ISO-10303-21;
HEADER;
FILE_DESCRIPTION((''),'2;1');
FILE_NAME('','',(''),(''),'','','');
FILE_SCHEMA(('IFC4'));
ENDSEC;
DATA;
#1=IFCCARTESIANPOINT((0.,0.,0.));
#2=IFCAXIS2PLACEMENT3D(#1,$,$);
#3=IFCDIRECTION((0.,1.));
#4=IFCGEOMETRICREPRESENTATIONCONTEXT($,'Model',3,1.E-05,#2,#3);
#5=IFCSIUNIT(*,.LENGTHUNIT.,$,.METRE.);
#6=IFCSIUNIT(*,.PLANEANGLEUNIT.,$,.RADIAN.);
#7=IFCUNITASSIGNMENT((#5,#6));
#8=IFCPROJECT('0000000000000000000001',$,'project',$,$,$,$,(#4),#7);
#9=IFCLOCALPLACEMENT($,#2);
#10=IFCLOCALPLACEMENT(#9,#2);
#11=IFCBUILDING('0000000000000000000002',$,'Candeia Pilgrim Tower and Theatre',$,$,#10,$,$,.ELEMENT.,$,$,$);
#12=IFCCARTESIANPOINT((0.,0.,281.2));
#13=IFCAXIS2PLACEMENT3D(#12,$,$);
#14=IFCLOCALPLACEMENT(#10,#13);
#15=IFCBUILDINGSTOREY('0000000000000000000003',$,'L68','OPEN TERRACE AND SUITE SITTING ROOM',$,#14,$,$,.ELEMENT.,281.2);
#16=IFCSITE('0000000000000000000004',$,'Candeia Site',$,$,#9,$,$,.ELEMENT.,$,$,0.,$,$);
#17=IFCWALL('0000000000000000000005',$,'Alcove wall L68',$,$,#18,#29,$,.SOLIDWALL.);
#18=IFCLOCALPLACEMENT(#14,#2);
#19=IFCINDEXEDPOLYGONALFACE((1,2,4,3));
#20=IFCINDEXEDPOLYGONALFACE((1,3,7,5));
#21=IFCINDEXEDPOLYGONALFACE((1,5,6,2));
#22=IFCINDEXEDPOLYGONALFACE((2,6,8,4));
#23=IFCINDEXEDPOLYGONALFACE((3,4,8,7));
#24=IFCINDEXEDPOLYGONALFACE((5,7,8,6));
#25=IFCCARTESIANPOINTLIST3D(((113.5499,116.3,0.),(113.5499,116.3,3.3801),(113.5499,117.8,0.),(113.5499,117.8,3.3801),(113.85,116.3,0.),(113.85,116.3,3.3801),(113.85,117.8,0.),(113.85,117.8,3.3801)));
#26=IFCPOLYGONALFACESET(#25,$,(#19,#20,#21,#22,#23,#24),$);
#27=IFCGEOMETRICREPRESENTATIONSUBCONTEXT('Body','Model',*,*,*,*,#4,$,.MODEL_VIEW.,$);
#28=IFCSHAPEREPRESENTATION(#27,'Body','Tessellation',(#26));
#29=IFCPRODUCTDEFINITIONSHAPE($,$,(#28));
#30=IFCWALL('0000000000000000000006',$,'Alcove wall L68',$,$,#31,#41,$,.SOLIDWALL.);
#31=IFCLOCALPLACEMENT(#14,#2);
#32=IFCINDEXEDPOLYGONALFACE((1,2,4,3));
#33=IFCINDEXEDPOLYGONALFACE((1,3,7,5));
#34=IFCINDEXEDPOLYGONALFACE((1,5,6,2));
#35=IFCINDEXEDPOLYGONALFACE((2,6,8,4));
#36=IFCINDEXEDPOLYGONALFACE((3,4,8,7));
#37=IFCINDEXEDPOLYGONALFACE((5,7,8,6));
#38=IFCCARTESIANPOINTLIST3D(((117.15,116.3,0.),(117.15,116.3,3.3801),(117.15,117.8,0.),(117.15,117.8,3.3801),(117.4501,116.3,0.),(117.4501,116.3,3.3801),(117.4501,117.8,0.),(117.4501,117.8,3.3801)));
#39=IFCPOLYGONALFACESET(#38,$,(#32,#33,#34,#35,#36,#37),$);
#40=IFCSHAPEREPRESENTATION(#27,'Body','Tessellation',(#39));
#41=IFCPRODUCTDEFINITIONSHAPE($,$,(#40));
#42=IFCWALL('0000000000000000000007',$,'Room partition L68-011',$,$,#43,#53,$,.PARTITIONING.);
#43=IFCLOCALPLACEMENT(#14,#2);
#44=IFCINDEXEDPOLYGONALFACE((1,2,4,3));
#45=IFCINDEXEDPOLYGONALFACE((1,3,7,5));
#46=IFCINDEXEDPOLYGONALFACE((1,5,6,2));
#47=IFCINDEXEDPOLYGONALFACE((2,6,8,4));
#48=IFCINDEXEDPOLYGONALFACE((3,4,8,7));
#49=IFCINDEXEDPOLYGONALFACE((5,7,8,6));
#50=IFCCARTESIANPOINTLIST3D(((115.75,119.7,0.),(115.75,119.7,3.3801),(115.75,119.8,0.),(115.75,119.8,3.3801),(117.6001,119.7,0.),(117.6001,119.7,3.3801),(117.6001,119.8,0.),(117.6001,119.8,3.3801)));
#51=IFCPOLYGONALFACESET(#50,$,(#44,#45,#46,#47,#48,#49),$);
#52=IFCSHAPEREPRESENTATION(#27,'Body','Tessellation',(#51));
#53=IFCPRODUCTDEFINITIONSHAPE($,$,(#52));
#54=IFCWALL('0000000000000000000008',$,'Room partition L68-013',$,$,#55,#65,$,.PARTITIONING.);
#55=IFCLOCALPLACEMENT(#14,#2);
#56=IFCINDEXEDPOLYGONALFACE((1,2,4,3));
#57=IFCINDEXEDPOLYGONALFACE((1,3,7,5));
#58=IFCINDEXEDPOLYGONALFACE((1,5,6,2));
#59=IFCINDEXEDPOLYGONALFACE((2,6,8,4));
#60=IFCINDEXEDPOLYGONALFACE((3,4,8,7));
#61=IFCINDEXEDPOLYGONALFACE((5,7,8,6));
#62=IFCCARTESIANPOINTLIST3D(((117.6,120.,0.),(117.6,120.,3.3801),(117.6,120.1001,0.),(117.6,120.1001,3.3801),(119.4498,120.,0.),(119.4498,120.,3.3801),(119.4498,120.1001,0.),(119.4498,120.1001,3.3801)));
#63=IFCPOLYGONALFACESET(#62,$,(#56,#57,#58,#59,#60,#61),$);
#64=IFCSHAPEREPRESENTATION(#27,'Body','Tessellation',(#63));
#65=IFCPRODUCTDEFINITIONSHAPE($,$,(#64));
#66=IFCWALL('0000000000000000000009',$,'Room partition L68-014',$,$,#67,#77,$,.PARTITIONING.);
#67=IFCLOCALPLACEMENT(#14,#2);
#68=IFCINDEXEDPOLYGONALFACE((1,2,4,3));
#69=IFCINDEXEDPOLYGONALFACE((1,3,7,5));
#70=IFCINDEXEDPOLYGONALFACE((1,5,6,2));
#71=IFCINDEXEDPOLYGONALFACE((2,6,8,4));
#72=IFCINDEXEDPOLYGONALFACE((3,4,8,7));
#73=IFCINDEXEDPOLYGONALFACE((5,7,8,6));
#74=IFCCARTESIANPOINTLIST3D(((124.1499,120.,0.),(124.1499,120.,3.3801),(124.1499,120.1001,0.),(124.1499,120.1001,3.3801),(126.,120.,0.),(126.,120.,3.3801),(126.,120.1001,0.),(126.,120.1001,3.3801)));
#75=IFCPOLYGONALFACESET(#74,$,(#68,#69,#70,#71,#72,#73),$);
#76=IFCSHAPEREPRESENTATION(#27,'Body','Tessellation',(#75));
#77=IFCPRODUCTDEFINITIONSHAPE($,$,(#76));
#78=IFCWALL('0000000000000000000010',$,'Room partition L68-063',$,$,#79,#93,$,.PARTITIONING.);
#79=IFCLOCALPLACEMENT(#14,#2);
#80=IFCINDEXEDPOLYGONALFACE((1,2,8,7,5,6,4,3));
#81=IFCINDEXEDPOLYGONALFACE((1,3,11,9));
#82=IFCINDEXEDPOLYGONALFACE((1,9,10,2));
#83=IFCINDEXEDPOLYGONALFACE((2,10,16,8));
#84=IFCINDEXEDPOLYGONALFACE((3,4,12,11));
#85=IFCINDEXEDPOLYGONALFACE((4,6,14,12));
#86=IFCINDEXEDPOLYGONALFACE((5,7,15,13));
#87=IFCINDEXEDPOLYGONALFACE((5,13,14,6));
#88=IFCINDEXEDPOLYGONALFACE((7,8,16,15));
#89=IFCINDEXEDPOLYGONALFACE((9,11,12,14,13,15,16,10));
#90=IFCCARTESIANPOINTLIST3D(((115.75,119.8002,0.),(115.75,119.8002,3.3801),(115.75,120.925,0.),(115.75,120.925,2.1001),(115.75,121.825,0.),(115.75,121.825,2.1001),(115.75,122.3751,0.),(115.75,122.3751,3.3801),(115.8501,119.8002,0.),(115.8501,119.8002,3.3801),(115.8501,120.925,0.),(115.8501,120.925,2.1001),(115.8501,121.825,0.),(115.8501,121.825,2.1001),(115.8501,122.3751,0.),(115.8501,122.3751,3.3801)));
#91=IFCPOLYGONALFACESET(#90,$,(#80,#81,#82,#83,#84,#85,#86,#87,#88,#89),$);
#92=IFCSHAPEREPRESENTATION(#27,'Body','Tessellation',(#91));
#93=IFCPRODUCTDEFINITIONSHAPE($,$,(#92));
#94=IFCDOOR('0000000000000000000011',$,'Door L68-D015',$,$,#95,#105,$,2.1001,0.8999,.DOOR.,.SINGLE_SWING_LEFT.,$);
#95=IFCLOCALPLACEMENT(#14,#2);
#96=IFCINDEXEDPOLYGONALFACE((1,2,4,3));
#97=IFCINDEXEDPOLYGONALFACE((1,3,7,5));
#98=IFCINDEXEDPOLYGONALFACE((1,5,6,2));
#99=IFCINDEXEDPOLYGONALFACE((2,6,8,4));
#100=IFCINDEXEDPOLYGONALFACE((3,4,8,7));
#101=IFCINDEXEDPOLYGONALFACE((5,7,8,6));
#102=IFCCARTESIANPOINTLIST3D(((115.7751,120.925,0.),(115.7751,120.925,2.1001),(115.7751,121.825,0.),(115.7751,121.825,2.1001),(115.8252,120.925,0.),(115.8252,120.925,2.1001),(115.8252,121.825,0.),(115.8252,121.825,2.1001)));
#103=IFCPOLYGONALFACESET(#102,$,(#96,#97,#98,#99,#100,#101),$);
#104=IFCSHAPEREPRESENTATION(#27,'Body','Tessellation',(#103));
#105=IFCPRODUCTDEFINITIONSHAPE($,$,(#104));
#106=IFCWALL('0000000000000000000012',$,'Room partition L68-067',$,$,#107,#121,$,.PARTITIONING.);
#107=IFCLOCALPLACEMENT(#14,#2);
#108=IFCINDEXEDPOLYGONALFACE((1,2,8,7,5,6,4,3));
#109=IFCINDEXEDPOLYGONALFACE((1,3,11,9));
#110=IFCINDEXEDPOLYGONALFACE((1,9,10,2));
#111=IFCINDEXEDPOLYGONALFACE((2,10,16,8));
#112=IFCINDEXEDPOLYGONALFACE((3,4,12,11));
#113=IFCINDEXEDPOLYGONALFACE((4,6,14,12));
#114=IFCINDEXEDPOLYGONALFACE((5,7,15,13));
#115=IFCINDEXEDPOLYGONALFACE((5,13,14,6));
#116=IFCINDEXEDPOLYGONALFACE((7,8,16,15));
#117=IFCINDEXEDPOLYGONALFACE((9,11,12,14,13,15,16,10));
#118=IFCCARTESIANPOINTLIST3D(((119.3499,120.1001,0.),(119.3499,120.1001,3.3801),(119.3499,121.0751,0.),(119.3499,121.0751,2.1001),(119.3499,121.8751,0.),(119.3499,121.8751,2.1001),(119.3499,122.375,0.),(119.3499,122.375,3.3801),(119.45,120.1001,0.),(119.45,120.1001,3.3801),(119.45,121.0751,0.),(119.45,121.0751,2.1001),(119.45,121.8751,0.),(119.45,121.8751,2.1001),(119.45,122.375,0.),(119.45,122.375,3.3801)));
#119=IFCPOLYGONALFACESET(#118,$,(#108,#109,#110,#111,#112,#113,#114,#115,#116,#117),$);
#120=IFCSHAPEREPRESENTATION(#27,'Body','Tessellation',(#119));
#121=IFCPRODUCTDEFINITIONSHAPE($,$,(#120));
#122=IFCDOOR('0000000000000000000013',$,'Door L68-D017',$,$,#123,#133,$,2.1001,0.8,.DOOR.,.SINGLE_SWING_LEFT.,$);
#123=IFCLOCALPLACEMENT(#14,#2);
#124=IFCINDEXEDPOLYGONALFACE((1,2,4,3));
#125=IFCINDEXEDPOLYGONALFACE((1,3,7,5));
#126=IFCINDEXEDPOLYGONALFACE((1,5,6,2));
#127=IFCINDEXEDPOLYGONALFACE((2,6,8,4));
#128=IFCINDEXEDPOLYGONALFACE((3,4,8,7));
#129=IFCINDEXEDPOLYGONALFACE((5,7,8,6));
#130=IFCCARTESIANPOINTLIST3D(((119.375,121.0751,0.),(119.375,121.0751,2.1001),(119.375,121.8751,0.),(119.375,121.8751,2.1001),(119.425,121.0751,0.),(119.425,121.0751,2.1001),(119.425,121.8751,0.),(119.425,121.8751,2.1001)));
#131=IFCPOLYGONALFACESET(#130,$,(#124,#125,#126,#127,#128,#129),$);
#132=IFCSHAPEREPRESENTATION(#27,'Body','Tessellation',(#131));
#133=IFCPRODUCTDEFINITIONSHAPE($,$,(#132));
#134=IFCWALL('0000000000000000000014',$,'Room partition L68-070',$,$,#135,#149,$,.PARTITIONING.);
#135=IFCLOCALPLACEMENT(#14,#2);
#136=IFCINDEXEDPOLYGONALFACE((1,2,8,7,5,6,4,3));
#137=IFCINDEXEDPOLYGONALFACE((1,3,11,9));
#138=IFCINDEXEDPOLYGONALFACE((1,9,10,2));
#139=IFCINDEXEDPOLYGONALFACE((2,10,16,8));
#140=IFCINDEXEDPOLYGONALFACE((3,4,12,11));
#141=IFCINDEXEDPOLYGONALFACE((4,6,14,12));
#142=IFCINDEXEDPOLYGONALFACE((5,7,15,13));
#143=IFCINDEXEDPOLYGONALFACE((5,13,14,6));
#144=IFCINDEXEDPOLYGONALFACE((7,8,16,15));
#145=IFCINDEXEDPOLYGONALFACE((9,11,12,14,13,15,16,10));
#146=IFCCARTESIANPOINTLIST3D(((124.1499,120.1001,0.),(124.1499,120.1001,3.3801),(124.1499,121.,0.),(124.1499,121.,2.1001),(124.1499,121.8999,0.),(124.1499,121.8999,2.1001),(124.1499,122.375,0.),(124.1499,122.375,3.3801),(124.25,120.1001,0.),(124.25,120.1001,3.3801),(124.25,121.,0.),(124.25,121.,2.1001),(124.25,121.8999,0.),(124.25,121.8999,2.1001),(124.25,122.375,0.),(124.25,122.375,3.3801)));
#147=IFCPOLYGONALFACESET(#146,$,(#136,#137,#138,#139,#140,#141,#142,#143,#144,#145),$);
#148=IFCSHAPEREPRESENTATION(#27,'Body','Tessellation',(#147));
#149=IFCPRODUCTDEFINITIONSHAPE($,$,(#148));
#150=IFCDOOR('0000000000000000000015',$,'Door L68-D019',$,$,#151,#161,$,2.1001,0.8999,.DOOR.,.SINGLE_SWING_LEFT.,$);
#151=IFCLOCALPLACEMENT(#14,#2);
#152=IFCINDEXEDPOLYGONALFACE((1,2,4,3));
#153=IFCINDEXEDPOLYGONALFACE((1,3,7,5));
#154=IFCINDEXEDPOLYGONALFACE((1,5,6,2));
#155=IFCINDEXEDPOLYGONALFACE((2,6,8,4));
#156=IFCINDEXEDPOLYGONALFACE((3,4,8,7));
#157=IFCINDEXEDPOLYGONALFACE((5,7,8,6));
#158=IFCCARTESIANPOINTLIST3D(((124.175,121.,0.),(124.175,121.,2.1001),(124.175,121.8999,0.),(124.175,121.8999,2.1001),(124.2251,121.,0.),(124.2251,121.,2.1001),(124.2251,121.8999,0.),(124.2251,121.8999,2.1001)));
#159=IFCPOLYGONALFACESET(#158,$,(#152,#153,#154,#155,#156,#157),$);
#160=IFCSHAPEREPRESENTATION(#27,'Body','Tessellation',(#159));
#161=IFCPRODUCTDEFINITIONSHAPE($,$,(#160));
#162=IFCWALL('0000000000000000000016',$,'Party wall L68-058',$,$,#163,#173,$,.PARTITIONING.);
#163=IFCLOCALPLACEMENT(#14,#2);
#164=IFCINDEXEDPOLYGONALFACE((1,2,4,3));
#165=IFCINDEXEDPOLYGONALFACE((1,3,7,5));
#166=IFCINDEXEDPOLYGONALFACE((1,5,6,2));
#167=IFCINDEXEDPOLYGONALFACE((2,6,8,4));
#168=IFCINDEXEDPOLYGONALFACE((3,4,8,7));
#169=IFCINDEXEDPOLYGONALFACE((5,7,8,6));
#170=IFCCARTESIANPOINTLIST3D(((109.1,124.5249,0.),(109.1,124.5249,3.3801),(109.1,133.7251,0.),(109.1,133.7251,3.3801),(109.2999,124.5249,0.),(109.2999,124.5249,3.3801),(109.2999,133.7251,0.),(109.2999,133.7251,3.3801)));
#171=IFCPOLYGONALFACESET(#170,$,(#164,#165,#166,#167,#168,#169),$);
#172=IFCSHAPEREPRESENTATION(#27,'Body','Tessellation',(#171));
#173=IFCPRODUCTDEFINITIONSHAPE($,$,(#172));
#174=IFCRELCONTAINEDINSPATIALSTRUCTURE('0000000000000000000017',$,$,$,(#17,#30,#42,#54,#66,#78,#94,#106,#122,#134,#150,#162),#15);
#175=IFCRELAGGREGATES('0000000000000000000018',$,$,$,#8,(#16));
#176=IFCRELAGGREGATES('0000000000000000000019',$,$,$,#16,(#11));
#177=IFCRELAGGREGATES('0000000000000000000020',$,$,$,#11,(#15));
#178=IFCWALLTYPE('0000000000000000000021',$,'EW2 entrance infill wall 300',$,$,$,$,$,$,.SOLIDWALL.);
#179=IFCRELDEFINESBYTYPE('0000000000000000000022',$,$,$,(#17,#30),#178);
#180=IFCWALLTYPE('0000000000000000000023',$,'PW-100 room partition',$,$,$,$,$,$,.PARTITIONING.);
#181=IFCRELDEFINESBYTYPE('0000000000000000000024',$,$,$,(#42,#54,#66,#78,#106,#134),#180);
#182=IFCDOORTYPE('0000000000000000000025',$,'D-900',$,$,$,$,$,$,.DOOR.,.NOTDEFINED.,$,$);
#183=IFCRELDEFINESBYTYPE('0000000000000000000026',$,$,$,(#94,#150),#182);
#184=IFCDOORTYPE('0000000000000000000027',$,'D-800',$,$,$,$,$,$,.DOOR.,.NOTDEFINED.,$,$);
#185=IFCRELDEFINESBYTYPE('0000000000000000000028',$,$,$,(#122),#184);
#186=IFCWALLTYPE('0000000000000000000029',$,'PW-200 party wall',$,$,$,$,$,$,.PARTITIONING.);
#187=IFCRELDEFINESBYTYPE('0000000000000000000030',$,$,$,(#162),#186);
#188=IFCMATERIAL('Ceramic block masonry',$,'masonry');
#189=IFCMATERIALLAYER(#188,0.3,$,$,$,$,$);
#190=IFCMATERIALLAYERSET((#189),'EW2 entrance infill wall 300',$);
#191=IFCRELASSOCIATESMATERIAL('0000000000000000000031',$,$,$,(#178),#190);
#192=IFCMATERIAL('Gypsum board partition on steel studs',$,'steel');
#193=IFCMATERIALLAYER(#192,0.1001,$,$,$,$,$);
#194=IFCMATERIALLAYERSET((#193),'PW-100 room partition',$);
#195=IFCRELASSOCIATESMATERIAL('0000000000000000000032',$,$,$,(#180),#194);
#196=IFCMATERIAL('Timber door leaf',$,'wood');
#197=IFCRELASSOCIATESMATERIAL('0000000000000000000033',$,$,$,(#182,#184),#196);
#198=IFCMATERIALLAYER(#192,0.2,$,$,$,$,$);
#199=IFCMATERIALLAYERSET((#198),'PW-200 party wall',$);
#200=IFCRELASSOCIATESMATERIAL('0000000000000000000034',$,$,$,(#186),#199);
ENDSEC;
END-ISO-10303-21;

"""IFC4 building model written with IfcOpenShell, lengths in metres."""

from ifc_helpers import new_model, si_unit, direction, frame, frame_2d, origin, place, context, subcontext, project, spatial, rectangle, extrude, material, layer, layer_set, type_object, element, fill, save


model = new_model("IFC4")

# Units and contexts
model_context = context("Model", 3, precision=1e-05, world=origin(), true_north=direction((0.0, 1.0)))
body_context = subcontext(model_context, "Body", "Model", "MODEL_VIEW")
ifc_project = project(units=[si_unit("LENGTHUNIT", "METRE"), si_unit("PLANEANGLEUNIT", "RADIAN")], contexts=[model_context])

# Site, building, storey
site_placement = place(None, origin())
site = spatial("IfcSite", under=ifc_project, at=site_placement, Name="Candeia Site", CompositionType="ELEMENT", RefElevation=0.0)
building_placement = place(site_placement, origin())
building = spatial("IfcBuilding", under=site, at=building_placement, Name="Candeia Pilgrim Tower and Theatre", CompositionType="ELEMENT")
storey_placement = place(building_placement, frame((0.0, 0.0, 281.2)))
storey = spatial("IfcBuildingStorey", under=building, at=storey_placement, Name="L68", Description="OPEN TERRACE AND SUITE SITTING ROOM", CompositionType="ELEMENT", Elevation=281.2)

# Walls
ifc_material_1 = material(Name="Ceramic block masonry", Category="masonry")
ifc_layer_1 = layer(ifc_material_1, 0.3)
ifc_layer_set_1 = layer_set([ifc_layer_1], Name="EW2 entrance infill wall 300")
wall_type_1 = type_object("IfcWallType", Name="EW2 entrance infill wall 300", PredefinedType="SOLIDWALL", material=ifc_layer_set_1)
for number, where, z_axis, x_axis, name in (
    (1, (113.7, 117.8, 0.0), (0.0, 0.0, 1.0), (0.0, -1.0, 0.0), "Alcove wall L68"),
    (2, (117.3, 117.8, 0.0), (0.0, 0.0, 1.0), (0.0, -1.0, 0.0), "Alcove wall L68"),
):
    element("IfcWall", number, at=place(storey_placement, frame(where, z_axis=z_axis, x_axis=x_axis)), inside=storey, type_object=wall_type_1, Name=name, PredefinedType="SOLIDWALL", context=body_context, shape_type="SweptSolid", body=[
        extrude(rectangle(XDim=1.5, YDim=0.3, at=frame_2d((0.75, 0.0))), origin(), (0.0, 0.0, 1.0), 3.3801),
    ])
ifc_material_2 = material(Name="Gypsum board partition on steel studs", Category="steel")
ifc_layer_2 = layer(ifc_material_2, 0.1001)
ifc_layer_set_2 = layer_set([ifc_layer_2], Name="PW-100 room partition")
wall_type_2 = type_object("IfcWallType", Name="PW-100 room partition", PredefinedType="PARTITIONING", material=ifc_layer_set_2)
wall_1_placement = place(storey_placement, frame((115.75, 119.75, 0.0), z_axis=(0.0, 0.0, 1.0), x_axis=(1.0, 0.0, 0.0)))
element("IfcWall", 3, at=wall_1_placement, inside=storey, type_object=wall_type_2, Name="Room partition L68-011", PredefinedType="PARTITIONING", context=body_context, shape_type="SweptSolid", body=[
    extrude(rectangle(XDim=1.8501, YDim=0.1001, at=frame_2d((0.925, 0.0))), origin(), (0.0, 0.0, 1.0), 3.3801),
])
wall_2_placement = place(storey_placement, frame((117.6001, 120.05, 0.0), z_axis=(0.0, 0.0, 1.0), x_axis=(1.0, 0.0, 0.0)))
element("IfcWall", 4, at=wall_2_placement, inside=storey, type_object=wall_type_2, Name="Room partition L68-013", PredefinedType="PARTITIONING", context=body_context, shape_type="SweptSolid", body=[
    extrude(rectangle(XDim=1.8499, YDim=0.1001, at=frame_2d((0.9248, 0.0))), origin(), (0.0, 0.0, 1.0), 3.3801),
])
wall_3_placement = place(storey_placement, frame((124.1499, 120.05, 0.0), z_axis=(0.0, 0.0, 1.0), x_axis=(1.0, 0.0, 0.0)))
element("IfcWall", 5, at=wall_3_placement, inside=storey, type_object=wall_type_2, Name="Room partition L68-014", PredefinedType="PARTITIONING", context=body_context, shape_type="SweptSolid", body=[
    extrude(rectangle(XDim=1.8501, YDim=0.1001, at=frame_2d((0.925, 0.0))), origin(), (0.0, 0.0, 1.0), 3.3801),
])

# Walls, openings, doors
wall_4_placement = place(storey_placement, frame((115.8, 119.8, 0.0), z_axis=(0.0, 0.0, 1.0), x_axis=(0.0, 1.0, 0.0)))
wall_4 = element("IfcWall", 6, at=wall_4_placement, inside=storey, type_object=wall_type_2, Name="Room partition L68-063", PredefinedType="PARTITIONING", context=body_context, shape_type="SweptSolid", body=[
    extrude(rectangle(XDim=2.575, YDim=0.1001, at=frame_2d((1.2876, 0.0))), origin(), (0.0, 0.0, 1.0), 3.3801),
])
opening_1_placement = place(wall_4_placement, frame((1.125, 0.0, 0.0)))
opening_1 = element("IfcOpeningElement", 7, at=opening_1_placement, cuts=wall_4, PredefinedType="OPENING", context=body_context, shape_type="SweptSolid", body=[
    extrude(rectangle(XDim=0.8999, YDim=2.1001, at=frame_2d((0.45, 1.05))), frame((0.0, 0.0601, 0.0), z_axis=(0.0, -1.0, 0.0), x_axis=(1.0, 0.0, 0.0)), (0.0, 0.0, 1.0), 0.1201),
])
ifc_material_3 = material(Name="Timber door leaf", Category="wood")
door_type_1 = type_object("IfcDoorType", Name="D-900", OperationType="NOTDEFINED", PredefinedType="DOOR", material=ifc_material_3)
door_1_placement = place(opening_1_placement, origin())
door_1 = element("IfcDoor", 8, at=door_1_placement, inside=storey, type_object=door_type_1, Name="Door L68-D015", OperationType="SINGLE_SWING_LEFT", OverallHeight=2.1001, OverallWidth=0.8999, PredefinedType="DOOR", context=body_context, shape_type="SweptSolid", body=[
    extrude(rectangle(XDim=0.8999, YDim=2.1001, at=frame_2d((0.45, 1.05))), frame((0.0, 0.0249, 0.0), z_axis=(0.0, -1.0, 0.0), x_axis=(1.0, 0.0, 0.0)), (0.0, 0.0, 1.0), 0.05),
])
fill(opening_1, door_1)
wall_5_placement = place(storey_placement, frame((119.3999, 120.1001, 0.0), z_axis=(0.0, 0.0, 1.0), x_axis=(0.0, 1.0, 0.0)))
wall_5 = element("IfcWall", 9, at=wall_5_placement, inside=storey, type_object=wall_type_2, Name="Room partition L68-067", PredefinedType="PARTITIONING", context=body_context, shape_type="SweptSolid", body=[
    extrude(rectangle(XDim=2.2749, YDim=0.1001, at=frame_2d((1.1375, 0.0))), origin(), (0.0, 0.0, 1.0), 3.3801),
])
opening_2_placement = place(wall_5_placement, frame((0.9751, 0.0, 0.0)))
opening_2 = element("IfcOpeningElement", 10, at=opening_2_placement, cuts=wall_5, PredefinedType="OPENING", context=body_context, shape_type="SweptSolid", body=[
    extrude(rectangle(XDim=0.8, YDim=2.1001, at=frame_2d((0.3999, 1.05))), frame((0.0, 0.0601, 0.0), z_axis=(0.0, -1.0, 0.0), x_axis=(1.0, 0.0, 0.0)), (0.0, 0.0, 1.0), 0.1201),
])
door_type_2 = type_object("IfcDoorType", Name="D-800", OperationType="NOTDEFINED", PredefinedType="DOOR", material=ifc_material_3)
door_2_placement = place(opening_2_placement, origin())
door_2 = element("IfcDoor", 11, at=door_2_placement, inside=storey, type_object=door_type_2, Name="Door L68-D017", OperationType="SINGLE_SWING_LEFT", OverallHeight=2.1001, OverallWidth=0.8, PredefinedType="DOOR", context=body_context, shape_type="SweptSolid", body=[
    extrude(rectangle(XDim=0.8, YDim=2.1001, at=frame_2d((0.3999, 1.05))), frame((0.0, 0.0249, 0.0), z_axis=(0.0, -1.0, 0.0), x_axis=(1.0, 0.0, 0.0)), (0.0, 0.0, 1.0), 0.05),
])
fill(opening_2, door_2)
wall_6_placement = place(storey_placement, frame((124.2, 120.1001, 0.0), z_axis=(0.0, 0.0, 1.0), x_axis=(0.0, 1.0, 0.0)))
wall_6 = element("IfcWall", 12, at=wall_6_placement, inside=storey, type_object=wall_type_2, Name="Room partition L68-070", PredefinedType="PARTITIONING", context=body_context, shape_type="SweptSolid", body=[
    extrude(rectangle(XDim=2.2749, YDim=0.1001, at=frame_2d((1.1375, 0.0))), origin(), (0.0, 0.0, 1.0), 3.3801),
])
opening_3_placement = place(wall_6_placement, frame((0.8999, 0.0, 0.0)))
opening_3 = element("IfcOpeningElement", 13, at=opening_3_placement, cuts=wall_6, PredefinedType="OPENING", context=body_context, shape_type="SweptSolid", body=[
    extrude(rectangle(XDim=0.8999, YDim=2.1001, at=frame_2d((0.45, 1.05))), frame((0.0, 0.0601, 0.0), z_axis=(0.0, -1.0, 0.0), x_axis=(1.0, 0.0, 0.0)), (0.0, 0.0, 1.0), 0.1201),
])
door_3_placement = place(opening_3_placement, origin())
door_3 = element("IfcDoor", 14, at=door_3_placement, inside=storey, type_object=door_type_1, Name="Door L68-D019", OperationType="SINGLE_SWING_LEFT", OverallHeight=2.1001, OverallWidth=0.8999, PredefinedType="DOOR", context=body_context, shape_type="SweptSolid", body=[
    extrude(rectangle(XDim=0.8999, YDim=2.1001, at=frame_2d((0.45, 1.05))), frame((0.0, 0.0249, 0.0), z_axis=(0.0, -1.0, 0.0), x_axis=(1.0, 0.0, 0.0)), (0.0, 0.0, 1.0), 0.05),
])
fill(opening_3, door_3)

# Wall
ifc_layer_3 = layer(ifc_material_2, 0.2)
ifc_layer_set_3 = layer_set([ifc_layer_3], Name="PW-200 party wall")
wall_type_3 = type_object("IfcWallType", Name="PW-200 party wall", PredefinedType="PARTITIONING", material=ifc_layer_set_3)
wall_7_placement = place(storey_placement, frame((109.2, 124.5249, 0.0), z_axis=(0.0, 0.0, 1.0), x_axis=(0.0, 1.0, 0.0)))
element("IfcWall", 15, at=wall_7_placement, inside=storey, type_object=wall_type_3, Name="Party wall L68-058", PredefinedType="PARTITIONING", context=body_context, shape_type="SweptSolid", body=[
    extrude(rectangle(XDim=9.2002, YDim=0.2, at=frame_2d((4.6001, 0.0))), origin(), (0.0, 0.0, 1.0), 3.3801),
])

save(model, "model.ifc")
